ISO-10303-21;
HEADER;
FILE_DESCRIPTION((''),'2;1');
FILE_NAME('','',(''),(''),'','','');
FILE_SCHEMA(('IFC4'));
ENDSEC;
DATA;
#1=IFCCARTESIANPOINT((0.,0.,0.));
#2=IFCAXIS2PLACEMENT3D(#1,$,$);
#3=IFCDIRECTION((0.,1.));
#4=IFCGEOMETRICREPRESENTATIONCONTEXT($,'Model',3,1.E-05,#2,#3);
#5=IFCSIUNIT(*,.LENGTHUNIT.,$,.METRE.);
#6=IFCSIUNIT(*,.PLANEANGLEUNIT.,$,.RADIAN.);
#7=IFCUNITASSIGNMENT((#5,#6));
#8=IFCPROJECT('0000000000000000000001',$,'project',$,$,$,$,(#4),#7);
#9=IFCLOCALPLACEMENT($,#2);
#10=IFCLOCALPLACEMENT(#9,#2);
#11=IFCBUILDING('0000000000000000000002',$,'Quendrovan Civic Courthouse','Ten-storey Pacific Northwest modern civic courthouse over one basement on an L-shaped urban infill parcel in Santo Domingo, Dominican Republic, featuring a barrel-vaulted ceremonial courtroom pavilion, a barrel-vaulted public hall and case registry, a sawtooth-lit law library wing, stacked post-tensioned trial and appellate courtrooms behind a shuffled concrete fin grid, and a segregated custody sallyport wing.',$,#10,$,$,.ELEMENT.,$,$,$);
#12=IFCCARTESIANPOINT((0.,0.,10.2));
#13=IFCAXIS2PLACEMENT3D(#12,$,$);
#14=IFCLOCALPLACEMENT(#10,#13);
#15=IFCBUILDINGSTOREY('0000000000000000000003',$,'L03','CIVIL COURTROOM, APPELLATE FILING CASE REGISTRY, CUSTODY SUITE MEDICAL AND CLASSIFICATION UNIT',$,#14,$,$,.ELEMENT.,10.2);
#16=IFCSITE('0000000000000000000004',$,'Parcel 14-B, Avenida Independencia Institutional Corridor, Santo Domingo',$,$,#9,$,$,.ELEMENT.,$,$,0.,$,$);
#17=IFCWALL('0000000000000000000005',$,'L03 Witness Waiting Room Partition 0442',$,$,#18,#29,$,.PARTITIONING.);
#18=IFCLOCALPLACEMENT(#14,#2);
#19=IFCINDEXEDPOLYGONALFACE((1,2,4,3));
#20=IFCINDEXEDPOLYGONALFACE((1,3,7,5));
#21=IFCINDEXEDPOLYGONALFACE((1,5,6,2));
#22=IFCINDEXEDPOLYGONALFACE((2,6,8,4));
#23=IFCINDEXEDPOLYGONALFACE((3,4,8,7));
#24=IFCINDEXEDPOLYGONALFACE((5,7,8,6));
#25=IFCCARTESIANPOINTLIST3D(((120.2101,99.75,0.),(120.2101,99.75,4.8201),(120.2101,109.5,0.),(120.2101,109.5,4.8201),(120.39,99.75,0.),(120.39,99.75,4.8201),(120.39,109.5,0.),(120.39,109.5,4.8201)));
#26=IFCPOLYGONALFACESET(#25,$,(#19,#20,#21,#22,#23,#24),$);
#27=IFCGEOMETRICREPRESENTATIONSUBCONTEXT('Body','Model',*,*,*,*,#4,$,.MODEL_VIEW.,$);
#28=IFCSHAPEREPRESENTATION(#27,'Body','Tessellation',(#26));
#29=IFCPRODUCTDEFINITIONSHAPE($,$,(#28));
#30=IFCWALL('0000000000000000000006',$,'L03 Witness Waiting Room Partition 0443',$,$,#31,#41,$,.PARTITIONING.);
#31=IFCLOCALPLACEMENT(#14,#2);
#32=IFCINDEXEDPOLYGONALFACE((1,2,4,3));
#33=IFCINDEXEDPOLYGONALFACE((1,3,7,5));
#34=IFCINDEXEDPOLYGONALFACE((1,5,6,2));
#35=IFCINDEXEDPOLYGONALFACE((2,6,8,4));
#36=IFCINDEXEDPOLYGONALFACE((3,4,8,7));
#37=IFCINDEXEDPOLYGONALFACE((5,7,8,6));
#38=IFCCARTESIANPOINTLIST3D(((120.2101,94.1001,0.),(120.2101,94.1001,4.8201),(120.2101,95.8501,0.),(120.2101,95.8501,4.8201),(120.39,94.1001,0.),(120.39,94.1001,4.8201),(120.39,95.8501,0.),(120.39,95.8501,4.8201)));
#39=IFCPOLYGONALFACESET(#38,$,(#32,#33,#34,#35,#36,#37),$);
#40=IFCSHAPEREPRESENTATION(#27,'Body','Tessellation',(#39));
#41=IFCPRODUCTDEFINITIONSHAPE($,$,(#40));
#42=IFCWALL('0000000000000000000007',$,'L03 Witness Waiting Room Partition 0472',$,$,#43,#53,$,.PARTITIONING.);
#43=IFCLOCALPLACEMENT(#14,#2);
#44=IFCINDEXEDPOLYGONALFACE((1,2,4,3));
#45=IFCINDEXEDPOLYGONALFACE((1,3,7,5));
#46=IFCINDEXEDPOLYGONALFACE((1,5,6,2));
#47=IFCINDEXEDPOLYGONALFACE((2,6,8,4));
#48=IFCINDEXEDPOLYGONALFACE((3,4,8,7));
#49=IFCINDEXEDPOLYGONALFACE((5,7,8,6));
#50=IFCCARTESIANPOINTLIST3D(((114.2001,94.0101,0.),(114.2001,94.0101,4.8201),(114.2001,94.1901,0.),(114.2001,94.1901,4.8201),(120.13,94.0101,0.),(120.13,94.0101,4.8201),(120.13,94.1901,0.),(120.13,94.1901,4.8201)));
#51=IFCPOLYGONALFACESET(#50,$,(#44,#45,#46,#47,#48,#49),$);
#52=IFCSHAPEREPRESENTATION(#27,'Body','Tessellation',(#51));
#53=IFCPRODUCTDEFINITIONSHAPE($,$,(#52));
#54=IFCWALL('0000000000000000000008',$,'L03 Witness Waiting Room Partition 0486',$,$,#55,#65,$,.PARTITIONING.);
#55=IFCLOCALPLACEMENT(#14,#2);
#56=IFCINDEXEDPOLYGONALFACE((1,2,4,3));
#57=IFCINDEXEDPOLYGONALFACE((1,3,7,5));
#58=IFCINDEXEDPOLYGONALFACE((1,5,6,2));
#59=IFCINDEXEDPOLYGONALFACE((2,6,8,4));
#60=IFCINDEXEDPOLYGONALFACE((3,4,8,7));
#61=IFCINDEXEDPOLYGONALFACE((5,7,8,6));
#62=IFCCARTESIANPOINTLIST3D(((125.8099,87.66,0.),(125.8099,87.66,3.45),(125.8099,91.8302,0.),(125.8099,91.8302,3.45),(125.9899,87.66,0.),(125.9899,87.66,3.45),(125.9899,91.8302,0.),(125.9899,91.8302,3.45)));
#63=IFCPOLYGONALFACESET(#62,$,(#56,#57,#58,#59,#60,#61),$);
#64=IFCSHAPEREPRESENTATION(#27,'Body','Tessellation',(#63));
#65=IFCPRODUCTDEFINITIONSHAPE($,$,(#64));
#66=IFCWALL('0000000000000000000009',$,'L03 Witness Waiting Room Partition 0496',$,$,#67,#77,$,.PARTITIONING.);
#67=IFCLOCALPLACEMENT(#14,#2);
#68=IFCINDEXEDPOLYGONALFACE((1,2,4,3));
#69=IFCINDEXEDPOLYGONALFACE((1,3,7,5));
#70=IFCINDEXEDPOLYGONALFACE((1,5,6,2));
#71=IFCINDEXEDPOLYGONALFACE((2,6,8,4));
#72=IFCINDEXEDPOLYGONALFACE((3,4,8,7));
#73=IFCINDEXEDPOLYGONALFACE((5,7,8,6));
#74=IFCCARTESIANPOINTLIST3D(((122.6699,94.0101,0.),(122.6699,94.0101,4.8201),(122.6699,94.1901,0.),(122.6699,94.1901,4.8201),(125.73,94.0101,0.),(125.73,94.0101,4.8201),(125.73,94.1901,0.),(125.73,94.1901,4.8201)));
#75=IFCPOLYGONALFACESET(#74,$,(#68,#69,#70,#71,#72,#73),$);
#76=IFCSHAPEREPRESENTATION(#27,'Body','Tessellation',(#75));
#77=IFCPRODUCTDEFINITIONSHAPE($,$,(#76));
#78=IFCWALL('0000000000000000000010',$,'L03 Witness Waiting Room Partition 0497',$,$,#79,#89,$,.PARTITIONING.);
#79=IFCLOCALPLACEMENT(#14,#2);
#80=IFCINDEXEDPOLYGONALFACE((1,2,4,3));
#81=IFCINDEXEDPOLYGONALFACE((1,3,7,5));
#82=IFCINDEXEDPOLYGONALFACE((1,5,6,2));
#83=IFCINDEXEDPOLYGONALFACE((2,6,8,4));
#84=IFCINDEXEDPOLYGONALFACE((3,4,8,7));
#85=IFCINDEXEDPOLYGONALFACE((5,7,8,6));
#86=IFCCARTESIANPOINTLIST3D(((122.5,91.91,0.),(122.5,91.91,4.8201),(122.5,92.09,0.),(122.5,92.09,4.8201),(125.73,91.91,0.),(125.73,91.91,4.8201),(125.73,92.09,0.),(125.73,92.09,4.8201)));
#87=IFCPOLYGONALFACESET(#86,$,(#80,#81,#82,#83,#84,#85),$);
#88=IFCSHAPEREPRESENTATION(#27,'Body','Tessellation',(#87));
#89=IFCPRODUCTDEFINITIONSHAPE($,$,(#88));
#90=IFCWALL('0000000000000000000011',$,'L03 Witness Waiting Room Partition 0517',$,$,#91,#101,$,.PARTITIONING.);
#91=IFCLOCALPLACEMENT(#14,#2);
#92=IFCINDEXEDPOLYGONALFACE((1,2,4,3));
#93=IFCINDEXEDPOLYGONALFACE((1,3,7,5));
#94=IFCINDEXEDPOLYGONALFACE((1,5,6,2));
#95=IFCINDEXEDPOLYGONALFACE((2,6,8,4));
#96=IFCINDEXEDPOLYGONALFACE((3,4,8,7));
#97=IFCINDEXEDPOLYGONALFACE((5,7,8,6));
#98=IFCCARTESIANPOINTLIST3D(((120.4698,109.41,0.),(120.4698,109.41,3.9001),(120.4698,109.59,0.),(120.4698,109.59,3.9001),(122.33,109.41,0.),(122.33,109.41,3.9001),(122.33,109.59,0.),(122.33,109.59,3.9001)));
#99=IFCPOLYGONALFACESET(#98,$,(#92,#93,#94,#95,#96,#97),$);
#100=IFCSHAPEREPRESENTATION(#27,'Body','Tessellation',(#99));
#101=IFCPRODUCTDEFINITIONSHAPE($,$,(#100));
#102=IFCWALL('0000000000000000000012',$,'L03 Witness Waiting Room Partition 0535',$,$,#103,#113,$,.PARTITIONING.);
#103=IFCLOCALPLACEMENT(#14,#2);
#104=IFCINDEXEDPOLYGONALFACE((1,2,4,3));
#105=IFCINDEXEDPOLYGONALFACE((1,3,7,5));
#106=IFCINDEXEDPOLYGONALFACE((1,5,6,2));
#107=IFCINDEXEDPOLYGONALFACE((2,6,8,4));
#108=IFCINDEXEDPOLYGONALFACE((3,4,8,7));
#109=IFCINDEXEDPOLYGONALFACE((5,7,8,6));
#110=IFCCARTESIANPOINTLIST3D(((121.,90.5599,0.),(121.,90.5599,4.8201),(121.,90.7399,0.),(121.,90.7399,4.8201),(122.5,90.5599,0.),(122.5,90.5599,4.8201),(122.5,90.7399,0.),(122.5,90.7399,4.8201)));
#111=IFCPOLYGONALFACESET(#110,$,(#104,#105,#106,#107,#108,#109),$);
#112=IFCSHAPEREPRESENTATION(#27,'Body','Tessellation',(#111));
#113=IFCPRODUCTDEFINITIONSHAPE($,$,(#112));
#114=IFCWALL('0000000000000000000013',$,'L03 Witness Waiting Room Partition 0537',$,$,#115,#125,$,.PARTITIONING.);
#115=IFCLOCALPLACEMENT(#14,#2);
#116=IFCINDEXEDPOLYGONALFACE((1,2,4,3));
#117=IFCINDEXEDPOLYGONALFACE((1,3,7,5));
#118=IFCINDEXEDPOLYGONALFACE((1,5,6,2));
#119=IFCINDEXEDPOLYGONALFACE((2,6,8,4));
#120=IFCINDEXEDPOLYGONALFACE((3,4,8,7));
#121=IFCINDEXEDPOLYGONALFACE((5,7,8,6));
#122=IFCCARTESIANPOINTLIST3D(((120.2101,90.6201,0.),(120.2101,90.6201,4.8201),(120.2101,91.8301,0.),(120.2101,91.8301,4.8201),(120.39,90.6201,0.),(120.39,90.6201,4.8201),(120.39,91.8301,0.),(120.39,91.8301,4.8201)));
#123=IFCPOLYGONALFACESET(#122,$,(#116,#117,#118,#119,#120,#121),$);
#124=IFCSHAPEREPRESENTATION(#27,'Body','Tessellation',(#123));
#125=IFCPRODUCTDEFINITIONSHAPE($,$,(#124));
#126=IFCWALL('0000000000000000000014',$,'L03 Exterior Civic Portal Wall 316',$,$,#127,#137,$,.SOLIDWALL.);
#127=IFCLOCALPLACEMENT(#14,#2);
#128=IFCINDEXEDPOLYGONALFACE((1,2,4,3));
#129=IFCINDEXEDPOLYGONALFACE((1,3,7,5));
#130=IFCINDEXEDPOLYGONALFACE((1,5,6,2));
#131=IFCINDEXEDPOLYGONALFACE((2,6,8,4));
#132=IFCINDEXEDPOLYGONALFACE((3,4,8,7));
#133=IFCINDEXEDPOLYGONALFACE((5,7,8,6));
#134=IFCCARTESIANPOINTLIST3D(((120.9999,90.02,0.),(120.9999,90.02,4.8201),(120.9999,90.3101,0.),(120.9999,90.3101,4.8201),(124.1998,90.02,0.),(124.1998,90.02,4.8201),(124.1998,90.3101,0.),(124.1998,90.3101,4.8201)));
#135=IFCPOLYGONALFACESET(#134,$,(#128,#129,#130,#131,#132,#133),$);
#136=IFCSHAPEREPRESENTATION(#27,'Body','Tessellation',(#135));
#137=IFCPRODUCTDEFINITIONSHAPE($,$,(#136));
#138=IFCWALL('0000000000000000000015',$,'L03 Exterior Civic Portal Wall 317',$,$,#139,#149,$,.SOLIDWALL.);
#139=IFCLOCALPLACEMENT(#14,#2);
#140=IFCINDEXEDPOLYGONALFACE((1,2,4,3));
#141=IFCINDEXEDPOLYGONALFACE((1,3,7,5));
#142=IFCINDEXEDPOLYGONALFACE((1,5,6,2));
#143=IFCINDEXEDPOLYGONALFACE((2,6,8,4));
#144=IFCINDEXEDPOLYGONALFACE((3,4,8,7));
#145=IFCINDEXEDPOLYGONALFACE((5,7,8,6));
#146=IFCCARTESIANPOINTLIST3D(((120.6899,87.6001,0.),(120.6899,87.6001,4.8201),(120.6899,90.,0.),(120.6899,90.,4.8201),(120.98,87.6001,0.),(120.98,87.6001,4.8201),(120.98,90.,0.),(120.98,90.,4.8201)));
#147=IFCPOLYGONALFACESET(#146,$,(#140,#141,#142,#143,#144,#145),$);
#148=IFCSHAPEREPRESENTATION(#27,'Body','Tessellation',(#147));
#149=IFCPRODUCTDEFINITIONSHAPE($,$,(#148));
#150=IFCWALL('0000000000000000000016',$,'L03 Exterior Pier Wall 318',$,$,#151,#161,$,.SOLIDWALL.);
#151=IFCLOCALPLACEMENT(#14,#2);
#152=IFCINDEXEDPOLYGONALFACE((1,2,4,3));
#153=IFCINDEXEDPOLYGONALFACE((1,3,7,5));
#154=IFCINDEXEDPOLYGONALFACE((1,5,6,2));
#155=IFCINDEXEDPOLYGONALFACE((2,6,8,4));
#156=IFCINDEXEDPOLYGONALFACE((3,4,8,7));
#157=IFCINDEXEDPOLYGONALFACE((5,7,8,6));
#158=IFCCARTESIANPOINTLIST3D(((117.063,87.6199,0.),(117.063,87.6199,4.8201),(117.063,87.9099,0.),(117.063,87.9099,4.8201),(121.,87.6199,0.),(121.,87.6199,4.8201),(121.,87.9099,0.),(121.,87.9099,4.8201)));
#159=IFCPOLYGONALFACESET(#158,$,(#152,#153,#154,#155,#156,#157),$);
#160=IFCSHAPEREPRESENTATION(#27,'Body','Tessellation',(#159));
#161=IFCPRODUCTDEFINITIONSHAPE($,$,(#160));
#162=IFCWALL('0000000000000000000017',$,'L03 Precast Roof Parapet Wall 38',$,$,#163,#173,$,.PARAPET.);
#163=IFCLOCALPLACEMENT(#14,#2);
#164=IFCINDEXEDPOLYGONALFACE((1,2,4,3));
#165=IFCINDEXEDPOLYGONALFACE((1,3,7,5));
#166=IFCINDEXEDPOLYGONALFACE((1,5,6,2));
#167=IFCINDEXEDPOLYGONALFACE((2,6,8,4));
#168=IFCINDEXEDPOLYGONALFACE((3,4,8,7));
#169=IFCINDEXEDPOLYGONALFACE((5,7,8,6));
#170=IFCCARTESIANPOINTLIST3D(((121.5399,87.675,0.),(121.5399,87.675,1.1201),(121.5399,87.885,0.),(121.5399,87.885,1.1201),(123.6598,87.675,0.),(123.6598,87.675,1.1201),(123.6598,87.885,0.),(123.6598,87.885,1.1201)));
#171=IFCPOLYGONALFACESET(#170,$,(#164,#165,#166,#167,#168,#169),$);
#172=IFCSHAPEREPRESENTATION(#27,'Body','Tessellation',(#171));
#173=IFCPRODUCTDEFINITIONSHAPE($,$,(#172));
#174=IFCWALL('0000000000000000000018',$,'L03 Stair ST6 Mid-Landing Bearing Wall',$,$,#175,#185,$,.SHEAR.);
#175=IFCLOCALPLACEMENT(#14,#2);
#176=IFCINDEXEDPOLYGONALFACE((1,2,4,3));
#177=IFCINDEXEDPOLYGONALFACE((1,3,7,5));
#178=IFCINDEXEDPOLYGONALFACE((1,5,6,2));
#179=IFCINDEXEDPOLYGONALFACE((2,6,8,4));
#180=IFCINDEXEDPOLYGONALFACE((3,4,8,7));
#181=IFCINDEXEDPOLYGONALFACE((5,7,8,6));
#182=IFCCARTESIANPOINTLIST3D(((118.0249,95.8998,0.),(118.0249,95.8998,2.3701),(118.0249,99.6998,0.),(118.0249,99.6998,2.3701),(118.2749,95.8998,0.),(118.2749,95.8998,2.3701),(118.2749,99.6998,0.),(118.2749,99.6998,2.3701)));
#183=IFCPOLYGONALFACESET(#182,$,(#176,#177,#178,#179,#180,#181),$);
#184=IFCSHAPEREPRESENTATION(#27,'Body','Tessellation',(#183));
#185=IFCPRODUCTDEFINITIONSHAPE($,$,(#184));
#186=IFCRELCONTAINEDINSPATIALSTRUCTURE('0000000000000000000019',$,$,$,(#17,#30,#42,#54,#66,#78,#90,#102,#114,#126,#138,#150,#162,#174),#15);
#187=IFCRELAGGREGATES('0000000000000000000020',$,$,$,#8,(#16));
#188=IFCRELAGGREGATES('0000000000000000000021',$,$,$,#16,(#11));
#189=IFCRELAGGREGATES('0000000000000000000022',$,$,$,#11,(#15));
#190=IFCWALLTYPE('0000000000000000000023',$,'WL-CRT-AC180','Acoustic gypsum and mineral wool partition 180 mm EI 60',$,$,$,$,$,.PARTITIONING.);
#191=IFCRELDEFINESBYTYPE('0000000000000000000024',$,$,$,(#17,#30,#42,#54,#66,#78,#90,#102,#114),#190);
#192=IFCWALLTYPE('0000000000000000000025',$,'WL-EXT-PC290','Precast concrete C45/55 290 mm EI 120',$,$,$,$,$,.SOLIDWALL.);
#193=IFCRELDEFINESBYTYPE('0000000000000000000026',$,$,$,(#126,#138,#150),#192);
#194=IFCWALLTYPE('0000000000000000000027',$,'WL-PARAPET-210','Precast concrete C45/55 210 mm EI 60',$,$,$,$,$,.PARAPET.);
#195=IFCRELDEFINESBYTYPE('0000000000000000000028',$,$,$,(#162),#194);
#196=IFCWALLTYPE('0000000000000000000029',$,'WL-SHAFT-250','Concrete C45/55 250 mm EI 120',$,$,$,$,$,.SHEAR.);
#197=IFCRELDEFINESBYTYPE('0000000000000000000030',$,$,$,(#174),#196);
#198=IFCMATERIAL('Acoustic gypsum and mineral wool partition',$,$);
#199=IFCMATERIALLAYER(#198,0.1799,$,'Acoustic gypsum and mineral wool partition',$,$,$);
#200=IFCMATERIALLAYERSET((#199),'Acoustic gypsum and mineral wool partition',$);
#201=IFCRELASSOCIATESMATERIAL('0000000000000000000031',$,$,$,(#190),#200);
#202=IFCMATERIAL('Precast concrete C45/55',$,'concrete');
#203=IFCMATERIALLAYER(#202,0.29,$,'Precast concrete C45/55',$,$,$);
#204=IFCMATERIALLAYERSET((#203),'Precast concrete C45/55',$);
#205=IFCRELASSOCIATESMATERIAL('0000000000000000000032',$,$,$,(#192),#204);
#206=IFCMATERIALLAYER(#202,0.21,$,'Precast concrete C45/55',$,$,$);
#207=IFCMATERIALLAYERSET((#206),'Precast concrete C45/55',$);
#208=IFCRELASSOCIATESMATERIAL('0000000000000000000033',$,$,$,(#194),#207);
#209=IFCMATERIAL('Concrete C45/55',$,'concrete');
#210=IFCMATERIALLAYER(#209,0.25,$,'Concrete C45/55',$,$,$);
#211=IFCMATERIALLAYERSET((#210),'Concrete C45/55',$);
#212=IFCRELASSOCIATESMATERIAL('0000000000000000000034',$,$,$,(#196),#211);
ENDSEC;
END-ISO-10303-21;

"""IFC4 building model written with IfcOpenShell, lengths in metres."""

from ifc_helpers import new_model, si_unit, direction, frame, frame_2d, origin, place, context, subcontext, project, spatial, rectangle, extrude, material, layer, layer_set, type_object, element, save


model = new_model("IFC4")

# Units and contexts
model_context = context("Model", 3, precision=1e-05, world=origin(), true_north=direction((0.0, 1.0)))
body_context = subcontext(model_context, "Body", "Model", "MODEL_VIEW")
ifc_project = project(units=[si_unit("LENGTHUNIT", "METRE"), si_unit("PLANEANGLEUNIT", "RADIAN")], contexts=[model_context])

# Site, building, storey
site_placement = place(None, origin())
site = spatial("IfcSite", under=ifc_project, at=site_placement, Name="Parcel 14-B, Avenida Independencia Institutional Corridor, Santo Domingo", CompositionType="ELEMENT", RefElevation=0.0)
building_placement = place(site_placement, origin())
building = spatial("IfcBuilding", under=site, at=building_placement, Name="Quendrovan Civic Courthouse", Description="Ten-storey Pacific Northwest modern civic courthouse over one basement on an L-shaped urban infill parcel in Santo Domingo, Dominican Republic, featuring a barrel-vaulted ceremonial courtroom pavilion, a barrel-vaulted public hall and case registry, a sawtooth-lit law library wing, stacked post-tensioned trial and appellate courtrooms behind a shuffled concrete fin grid, and a segregated custody sallyport wing.", CompositionType="ELEMENT")
storey_placement = place(building_placement, frame((0.0, 0.0, 10.2)))
storey = spatial("IfcBuildingStorey", under=building, at=storey_placement, Name="L03", Description="CIVIL COURTROOM, APPELLATE FILING CASE REGISTRY, CUSTODY SUITE MEDICAL AND CLASSIFICATION UNIT", CompositionType="ELEMENT", Elevation=10.2)

# Shared definitions
ifc_material_1 = material(Name="Concrete C45/55", Category="concrete")
ifc_material_2 = material(Name="Acoustic gypsum and mineral wool partition")
ifc_layer_1 = layer(ifc_material_2, 0.1799, Name="Acoustic gypsum and mineral wool partition")
ifc_layer_set_1 = layer_set([ifc_layer_1], Name="Acoustic gypsum and mineral wool partition")
wall_type_1 = type_object("IfcWallType", Name="WL-CRT-AC180", Description="Acoustic gypsum and mineral wool partition 180 mm EI 60", PredefinedType="PARTITIONING", material=ifc_layer_set_1)

# Walls
wall_1_placement = place(storey_placement, frame((120.3, 109.5, 0.0), z_axis=(0.0, 0.0, 1.0), x_axis=(0.0, -1.0, 0.0)))
element("IfcWall", 1, at=wall_1_placement, inside=storey, type_object=wall_type_1, Name="L03 Witness Waiting Room Partition 0442", PredefinedType="PARTITIONING", context=body_context, shape_type="SweptSolid", body=[
    extrude(rectangle(XDim=9.75, YDim=0.1799, at=frame_2d((4.875, 0.0))), origin(), (0.0, 0.0, 1.0), 4.8201),
])
wall_2_placement = place(storey_placement, frame((120.3, 95.8501, 0.0), z_axis=(0.0, 0.0, 1.0), x_axis=(0.0, -1.0, 0.0)))
element("IfcWall", 2, at=wall_2_placement, inside=storey, type_object=wall_type_1, Name="L03 Witness Waiting Room Partition 0443", PredefinedType="PARTITIONING", context=body_context, shape_type="SweptSolid", body=[
    extrude(rectangle(XDim=1.75, YDim=0.1799, at=frame_2d((0.875, 0.0))), origin(), (0.0, 0.0, 1.0), 4.8201),
])
wall_3_placement = place(storey_placement, frame((120.1299, 94.1001, 0.0), z_axis=(0.0, 0.0, 1.0), x_axis=(-1.0, 0.0, 0.0)))
element("IfcWall", 3, at=wall_3_placement, inside=storey, type_object=wall_type_1, Name="L03 Witness Waiting Room Partition 0472", PredefinedType="PARTITIONING", context=body_context, shape_type="SweptSolid", body=[
    extrude(rectangle(XDim=5.9299, YDim=0.1799, at=frame_2d((2.9648, 0.0))), origin(), (0.0, 0.0, 1.0), 4.8201),
])
wall_4_placement = place(storey_placement, frame((125.8999, 91.8301, 0.0), z_axis=(0.0, 0.0, 1.0), x_axis=(0.0, -1.0, 0.0)))
element("IfcWall", 4, at=wall_4_placement, inside=storey, type_object=wall_type_1, Name="L03 Witness Waiting Room Partition 0486", PredefinedType="PARTITIONING", context=body_context, shape_type="SweptSolid", body=[
    extrude(rectangle(XDim=4.1702, YDim=0.1799, at=frame_2d((2.085, 0.0))), origin(), (0.0, 0.0, 1.0), 3.45),
])
wall_5_placement = place(storey_placement, frame((125.73, 94.1001, 0.0), z_axis=(0.0, 0.0, 1.0), x_axis=(-1.0, 0.0, 0.0)))
element("IfcWall", 5, at=wall_5_placement, inside=storey, type_object=wall_type_1, Name="L03 Witness Waiting Room Partition 0496", PredefinedType="PARTITIONING", context=body_context, shape_type="SweptSolid", body=[
    extrude(rectangle(XDim=3.0601, YDim=0.1799, at=frame_2d((1.53, 0.0))), origin(), (0.0, 0.0, 1.0), 4.8201),
])
wall_6_placement = place(storey_placement, frame((122.5, 92.0, 0.0), z_axis=(0.0, 0.0, 1.0), x_axis=(1.0, 0.0, 0.0)))
element("IfcWall", 6, at=wall_6_placement, inside=storey, type_object=wall_type_1, Name="L03 Witness Waiting Room Partition 0497", PredefinedType="PARTITIONING", context=body_context, shape_type="SweptSolid", body=[
    extrude(rectangle(XDim=3.23, YDim=0.1799, at=frame_2d((1.615, 0.0))), origin(), (0.0, 0.0, 1.0), 4.8201),
])
wall_7_placement = place(storey_placement, frame((122.3301, 109.5, 0.0), z_axis=(0.0, 0.0, 1.0), x_axis=(-1.0, 0.0, 0.0)))
element("IfcWall", 7, at=wall_7_placement, inside=storey, type_object=wall_type_1, Name="L03 Witness Waiting Room Partition 0517", PredefinedType="PARTITIONING", context=body_context, shape_type="SweptSolid", body=[
    extrude(rectangle(XDim=1.8601, YDim=0.1799, at=frame_2d((0.9302, 0.0))), origin(), (0.0, 0.0, 1.0), 3.9001),
])
wall_8_placement = place(storey_placement, frame((121.0, 90.6499, 0.0), z_axis=(0.0, 0.0, 1.0), x_axis=(1.0, 0.0, 0.0)))
element("IfcWall", 8, at=wall_8_placement, inside=storey, type_object=wall_type_1, Name="L03 Witness Waiting Room Partition 0535", PredefinedType="PARTITIONING", context=body_context, shape_type="SweptSolid", body=[
    extrude(rectangle(XDim=1.5, YDim=0.1799, at=frame_2d((0.75, 0.0))), origin(), (0.0, 0.0, 1.0), 4.8201),
])
wall_9_placement = place(storey_placement, frame((120.3, 91.8301, 0.0), z_axis=(0.0, 0.0, 1.0), x_axis=(0.0, -1.0, 0.0)))
element("IfcWall", 9, at=wall_9_placement, inside=storey, type_object=wall_type_1, Name="L03 Witness Waiting Room Partition 0537", PredefinedType="PARTITIONING", context=body_context, shape_type="SweptSolid", body=[
    extrude(rectangle(XDim=1.21, YDim=0.1799, at=frame_2d((0.605, 0.0))), origin(), (0.0, 0.0, 1.0), 4.8201),
])
ifc_material_3 = material(Name="Precast concrete C45/55", Category="concrete")
ifc_layer_2 = layer(ifc_material_3, 0.29, Name="Precast concrete C45/55")
ifc_layer_set_2 = layer_set([ifc_layer_2], Name="Precast concrete C45/55")
wall_type_2 = type_object("IfcWallType", Name="WL-EXT-PC290", Description="Precast concrete C45/55 290 mm EI 120", PredefinedType="SOLIDWALL", material=ifc_layer_set_2)
wall_10_placement = place(storey_placement, frame((124.2, 90.165, 0.0), z_axis=(0.0, 0.0, 1.0), x_axis=(-1.0, 0.0, 0.0)))
element("IfcWall", 10, at=wall_10_placement, inside=storey, type_object=wall_type_2, Name="L03 Exterior Civic Portal Wall 316", PredefinedType="SOLIDWALL", context=body_context, shape_type="SweptSolid", body=[
    extrude(rectangle(XDim=3.2, YDim=0.29, at=frame_2d((1.6001, 0.0))), origin(), (0.0, 0.0, 1.0), 4.8201),
])
wall_11_placement = place(storey_placement, frame((120.835, 90.0, 0.0), z_axis=(0.0, 0.0, 1.0), x_axis=(0.0, -1.0, 0.0)))
element("IfcWall", 11, at=wall_11_placement, inside=storey, type_object=wall_type_2, Name="L03 Exterior Civic Portal Wall 317", PredefinedType="SOLIDWALL", context=body_context, shape_type="SweptSolid", body=[
    extrude(rectangle(XDim=2.3999, YDim=0.29, at=frame_2d((1.2, 0.0))), origin(), (0.0, 0.0, 1.0), 4.8201),
])
wall_12_placement = place(storey_placement, frame((121.0, 87.7649, 0.0), z_axis=(0.0, 0.0, 1.0), x_axis=(-1.0, 0.0, 0.0)))
element("IfcWall", 12, at=wall_12_placement, inside=storey, type_object=wall_type_2, Name="L03 Exterior Pier Wall 318", PredefinedType="SOLIDWALL", context=body_context, shape_type="SweptSolid", body=[
    extrude(rectangle(XDim=3.937, YDim=0.29, at=frame_2d((1.9685, 0.0))), origin(), (0.0, 0.0, 1.0), 4.8201),
])
ifc_layer_3 = layer(ifc_material_3, 0.21, Name="Precast concrete C45/55")
ifc_layer_set_3 = layer_set([ifc_layer_3], Name="Precast concrete C45/55")
wall_type_3 = type_object("IfcWallType", Name="WL-PARAPET-210", Description="Precast concrete C45/55 210 mm EI 60", PredefinedType="PARAPET", material=ifc_layer_set_3)
wall_13_placement = place(storey_placement, frame((123.6599, 87.78, 0.0), z_axis=(0.0, 0.0, 1.0), x_axis=(-1.0, 0.0, 0.0)))
element("IfcWall", 13, at=wall_13_placement, inside=storey, type_object=wall_type_3, Name="L03 Precast Roof Parapet Wall 38", PredefinedType="PARAPET", context=body_context, shape_type="SweptSolid", body=[
    extrude(rectangle(XDim=2.1199, YDim=0.21, at=frame_2d((1.0601, 0.0))), origin(), (0.0, 0.0, 1.0), 1.1201),
])
ifc_layer_4 = layer(ifc_material_1, 0.25, Name="Concrete C45/55")
ifc_layer_set_4 = layer_set([ifc_layer_4], Name="Concrete C45/55")
wall_type_4 = type_object("IfcWallType", Name="WL-SHAFT-250", Description="Concrete C45/55 250 mm EI 120", PredefinedType="SHEAR", material=ifc_layer_set_4)
wall_14_placement = place(storey_placement, frame((118.1499, 95.8999, 0.0), z_axis=(0.0, 0.0, 1.0), x_axis=(0.0, 1.0, 0.0)))
element("IfcWall", 14, at=wall_14_placement, inside=storey, type_object=wall_type_4, Name="L03 Stair ST6 Mid-Landing Bearing Wall", PredefinedType="SHEAR", context=body_context, shape_type="SweptSolid", body=[
    extrude(rectangle(XDim=3.8, YDim=0.25, at=frame_2d((1.8999, 0.0))), origin(), (0.0, 0.0, 1.0), 2.3701),
])

save(model, "model.ifc")
